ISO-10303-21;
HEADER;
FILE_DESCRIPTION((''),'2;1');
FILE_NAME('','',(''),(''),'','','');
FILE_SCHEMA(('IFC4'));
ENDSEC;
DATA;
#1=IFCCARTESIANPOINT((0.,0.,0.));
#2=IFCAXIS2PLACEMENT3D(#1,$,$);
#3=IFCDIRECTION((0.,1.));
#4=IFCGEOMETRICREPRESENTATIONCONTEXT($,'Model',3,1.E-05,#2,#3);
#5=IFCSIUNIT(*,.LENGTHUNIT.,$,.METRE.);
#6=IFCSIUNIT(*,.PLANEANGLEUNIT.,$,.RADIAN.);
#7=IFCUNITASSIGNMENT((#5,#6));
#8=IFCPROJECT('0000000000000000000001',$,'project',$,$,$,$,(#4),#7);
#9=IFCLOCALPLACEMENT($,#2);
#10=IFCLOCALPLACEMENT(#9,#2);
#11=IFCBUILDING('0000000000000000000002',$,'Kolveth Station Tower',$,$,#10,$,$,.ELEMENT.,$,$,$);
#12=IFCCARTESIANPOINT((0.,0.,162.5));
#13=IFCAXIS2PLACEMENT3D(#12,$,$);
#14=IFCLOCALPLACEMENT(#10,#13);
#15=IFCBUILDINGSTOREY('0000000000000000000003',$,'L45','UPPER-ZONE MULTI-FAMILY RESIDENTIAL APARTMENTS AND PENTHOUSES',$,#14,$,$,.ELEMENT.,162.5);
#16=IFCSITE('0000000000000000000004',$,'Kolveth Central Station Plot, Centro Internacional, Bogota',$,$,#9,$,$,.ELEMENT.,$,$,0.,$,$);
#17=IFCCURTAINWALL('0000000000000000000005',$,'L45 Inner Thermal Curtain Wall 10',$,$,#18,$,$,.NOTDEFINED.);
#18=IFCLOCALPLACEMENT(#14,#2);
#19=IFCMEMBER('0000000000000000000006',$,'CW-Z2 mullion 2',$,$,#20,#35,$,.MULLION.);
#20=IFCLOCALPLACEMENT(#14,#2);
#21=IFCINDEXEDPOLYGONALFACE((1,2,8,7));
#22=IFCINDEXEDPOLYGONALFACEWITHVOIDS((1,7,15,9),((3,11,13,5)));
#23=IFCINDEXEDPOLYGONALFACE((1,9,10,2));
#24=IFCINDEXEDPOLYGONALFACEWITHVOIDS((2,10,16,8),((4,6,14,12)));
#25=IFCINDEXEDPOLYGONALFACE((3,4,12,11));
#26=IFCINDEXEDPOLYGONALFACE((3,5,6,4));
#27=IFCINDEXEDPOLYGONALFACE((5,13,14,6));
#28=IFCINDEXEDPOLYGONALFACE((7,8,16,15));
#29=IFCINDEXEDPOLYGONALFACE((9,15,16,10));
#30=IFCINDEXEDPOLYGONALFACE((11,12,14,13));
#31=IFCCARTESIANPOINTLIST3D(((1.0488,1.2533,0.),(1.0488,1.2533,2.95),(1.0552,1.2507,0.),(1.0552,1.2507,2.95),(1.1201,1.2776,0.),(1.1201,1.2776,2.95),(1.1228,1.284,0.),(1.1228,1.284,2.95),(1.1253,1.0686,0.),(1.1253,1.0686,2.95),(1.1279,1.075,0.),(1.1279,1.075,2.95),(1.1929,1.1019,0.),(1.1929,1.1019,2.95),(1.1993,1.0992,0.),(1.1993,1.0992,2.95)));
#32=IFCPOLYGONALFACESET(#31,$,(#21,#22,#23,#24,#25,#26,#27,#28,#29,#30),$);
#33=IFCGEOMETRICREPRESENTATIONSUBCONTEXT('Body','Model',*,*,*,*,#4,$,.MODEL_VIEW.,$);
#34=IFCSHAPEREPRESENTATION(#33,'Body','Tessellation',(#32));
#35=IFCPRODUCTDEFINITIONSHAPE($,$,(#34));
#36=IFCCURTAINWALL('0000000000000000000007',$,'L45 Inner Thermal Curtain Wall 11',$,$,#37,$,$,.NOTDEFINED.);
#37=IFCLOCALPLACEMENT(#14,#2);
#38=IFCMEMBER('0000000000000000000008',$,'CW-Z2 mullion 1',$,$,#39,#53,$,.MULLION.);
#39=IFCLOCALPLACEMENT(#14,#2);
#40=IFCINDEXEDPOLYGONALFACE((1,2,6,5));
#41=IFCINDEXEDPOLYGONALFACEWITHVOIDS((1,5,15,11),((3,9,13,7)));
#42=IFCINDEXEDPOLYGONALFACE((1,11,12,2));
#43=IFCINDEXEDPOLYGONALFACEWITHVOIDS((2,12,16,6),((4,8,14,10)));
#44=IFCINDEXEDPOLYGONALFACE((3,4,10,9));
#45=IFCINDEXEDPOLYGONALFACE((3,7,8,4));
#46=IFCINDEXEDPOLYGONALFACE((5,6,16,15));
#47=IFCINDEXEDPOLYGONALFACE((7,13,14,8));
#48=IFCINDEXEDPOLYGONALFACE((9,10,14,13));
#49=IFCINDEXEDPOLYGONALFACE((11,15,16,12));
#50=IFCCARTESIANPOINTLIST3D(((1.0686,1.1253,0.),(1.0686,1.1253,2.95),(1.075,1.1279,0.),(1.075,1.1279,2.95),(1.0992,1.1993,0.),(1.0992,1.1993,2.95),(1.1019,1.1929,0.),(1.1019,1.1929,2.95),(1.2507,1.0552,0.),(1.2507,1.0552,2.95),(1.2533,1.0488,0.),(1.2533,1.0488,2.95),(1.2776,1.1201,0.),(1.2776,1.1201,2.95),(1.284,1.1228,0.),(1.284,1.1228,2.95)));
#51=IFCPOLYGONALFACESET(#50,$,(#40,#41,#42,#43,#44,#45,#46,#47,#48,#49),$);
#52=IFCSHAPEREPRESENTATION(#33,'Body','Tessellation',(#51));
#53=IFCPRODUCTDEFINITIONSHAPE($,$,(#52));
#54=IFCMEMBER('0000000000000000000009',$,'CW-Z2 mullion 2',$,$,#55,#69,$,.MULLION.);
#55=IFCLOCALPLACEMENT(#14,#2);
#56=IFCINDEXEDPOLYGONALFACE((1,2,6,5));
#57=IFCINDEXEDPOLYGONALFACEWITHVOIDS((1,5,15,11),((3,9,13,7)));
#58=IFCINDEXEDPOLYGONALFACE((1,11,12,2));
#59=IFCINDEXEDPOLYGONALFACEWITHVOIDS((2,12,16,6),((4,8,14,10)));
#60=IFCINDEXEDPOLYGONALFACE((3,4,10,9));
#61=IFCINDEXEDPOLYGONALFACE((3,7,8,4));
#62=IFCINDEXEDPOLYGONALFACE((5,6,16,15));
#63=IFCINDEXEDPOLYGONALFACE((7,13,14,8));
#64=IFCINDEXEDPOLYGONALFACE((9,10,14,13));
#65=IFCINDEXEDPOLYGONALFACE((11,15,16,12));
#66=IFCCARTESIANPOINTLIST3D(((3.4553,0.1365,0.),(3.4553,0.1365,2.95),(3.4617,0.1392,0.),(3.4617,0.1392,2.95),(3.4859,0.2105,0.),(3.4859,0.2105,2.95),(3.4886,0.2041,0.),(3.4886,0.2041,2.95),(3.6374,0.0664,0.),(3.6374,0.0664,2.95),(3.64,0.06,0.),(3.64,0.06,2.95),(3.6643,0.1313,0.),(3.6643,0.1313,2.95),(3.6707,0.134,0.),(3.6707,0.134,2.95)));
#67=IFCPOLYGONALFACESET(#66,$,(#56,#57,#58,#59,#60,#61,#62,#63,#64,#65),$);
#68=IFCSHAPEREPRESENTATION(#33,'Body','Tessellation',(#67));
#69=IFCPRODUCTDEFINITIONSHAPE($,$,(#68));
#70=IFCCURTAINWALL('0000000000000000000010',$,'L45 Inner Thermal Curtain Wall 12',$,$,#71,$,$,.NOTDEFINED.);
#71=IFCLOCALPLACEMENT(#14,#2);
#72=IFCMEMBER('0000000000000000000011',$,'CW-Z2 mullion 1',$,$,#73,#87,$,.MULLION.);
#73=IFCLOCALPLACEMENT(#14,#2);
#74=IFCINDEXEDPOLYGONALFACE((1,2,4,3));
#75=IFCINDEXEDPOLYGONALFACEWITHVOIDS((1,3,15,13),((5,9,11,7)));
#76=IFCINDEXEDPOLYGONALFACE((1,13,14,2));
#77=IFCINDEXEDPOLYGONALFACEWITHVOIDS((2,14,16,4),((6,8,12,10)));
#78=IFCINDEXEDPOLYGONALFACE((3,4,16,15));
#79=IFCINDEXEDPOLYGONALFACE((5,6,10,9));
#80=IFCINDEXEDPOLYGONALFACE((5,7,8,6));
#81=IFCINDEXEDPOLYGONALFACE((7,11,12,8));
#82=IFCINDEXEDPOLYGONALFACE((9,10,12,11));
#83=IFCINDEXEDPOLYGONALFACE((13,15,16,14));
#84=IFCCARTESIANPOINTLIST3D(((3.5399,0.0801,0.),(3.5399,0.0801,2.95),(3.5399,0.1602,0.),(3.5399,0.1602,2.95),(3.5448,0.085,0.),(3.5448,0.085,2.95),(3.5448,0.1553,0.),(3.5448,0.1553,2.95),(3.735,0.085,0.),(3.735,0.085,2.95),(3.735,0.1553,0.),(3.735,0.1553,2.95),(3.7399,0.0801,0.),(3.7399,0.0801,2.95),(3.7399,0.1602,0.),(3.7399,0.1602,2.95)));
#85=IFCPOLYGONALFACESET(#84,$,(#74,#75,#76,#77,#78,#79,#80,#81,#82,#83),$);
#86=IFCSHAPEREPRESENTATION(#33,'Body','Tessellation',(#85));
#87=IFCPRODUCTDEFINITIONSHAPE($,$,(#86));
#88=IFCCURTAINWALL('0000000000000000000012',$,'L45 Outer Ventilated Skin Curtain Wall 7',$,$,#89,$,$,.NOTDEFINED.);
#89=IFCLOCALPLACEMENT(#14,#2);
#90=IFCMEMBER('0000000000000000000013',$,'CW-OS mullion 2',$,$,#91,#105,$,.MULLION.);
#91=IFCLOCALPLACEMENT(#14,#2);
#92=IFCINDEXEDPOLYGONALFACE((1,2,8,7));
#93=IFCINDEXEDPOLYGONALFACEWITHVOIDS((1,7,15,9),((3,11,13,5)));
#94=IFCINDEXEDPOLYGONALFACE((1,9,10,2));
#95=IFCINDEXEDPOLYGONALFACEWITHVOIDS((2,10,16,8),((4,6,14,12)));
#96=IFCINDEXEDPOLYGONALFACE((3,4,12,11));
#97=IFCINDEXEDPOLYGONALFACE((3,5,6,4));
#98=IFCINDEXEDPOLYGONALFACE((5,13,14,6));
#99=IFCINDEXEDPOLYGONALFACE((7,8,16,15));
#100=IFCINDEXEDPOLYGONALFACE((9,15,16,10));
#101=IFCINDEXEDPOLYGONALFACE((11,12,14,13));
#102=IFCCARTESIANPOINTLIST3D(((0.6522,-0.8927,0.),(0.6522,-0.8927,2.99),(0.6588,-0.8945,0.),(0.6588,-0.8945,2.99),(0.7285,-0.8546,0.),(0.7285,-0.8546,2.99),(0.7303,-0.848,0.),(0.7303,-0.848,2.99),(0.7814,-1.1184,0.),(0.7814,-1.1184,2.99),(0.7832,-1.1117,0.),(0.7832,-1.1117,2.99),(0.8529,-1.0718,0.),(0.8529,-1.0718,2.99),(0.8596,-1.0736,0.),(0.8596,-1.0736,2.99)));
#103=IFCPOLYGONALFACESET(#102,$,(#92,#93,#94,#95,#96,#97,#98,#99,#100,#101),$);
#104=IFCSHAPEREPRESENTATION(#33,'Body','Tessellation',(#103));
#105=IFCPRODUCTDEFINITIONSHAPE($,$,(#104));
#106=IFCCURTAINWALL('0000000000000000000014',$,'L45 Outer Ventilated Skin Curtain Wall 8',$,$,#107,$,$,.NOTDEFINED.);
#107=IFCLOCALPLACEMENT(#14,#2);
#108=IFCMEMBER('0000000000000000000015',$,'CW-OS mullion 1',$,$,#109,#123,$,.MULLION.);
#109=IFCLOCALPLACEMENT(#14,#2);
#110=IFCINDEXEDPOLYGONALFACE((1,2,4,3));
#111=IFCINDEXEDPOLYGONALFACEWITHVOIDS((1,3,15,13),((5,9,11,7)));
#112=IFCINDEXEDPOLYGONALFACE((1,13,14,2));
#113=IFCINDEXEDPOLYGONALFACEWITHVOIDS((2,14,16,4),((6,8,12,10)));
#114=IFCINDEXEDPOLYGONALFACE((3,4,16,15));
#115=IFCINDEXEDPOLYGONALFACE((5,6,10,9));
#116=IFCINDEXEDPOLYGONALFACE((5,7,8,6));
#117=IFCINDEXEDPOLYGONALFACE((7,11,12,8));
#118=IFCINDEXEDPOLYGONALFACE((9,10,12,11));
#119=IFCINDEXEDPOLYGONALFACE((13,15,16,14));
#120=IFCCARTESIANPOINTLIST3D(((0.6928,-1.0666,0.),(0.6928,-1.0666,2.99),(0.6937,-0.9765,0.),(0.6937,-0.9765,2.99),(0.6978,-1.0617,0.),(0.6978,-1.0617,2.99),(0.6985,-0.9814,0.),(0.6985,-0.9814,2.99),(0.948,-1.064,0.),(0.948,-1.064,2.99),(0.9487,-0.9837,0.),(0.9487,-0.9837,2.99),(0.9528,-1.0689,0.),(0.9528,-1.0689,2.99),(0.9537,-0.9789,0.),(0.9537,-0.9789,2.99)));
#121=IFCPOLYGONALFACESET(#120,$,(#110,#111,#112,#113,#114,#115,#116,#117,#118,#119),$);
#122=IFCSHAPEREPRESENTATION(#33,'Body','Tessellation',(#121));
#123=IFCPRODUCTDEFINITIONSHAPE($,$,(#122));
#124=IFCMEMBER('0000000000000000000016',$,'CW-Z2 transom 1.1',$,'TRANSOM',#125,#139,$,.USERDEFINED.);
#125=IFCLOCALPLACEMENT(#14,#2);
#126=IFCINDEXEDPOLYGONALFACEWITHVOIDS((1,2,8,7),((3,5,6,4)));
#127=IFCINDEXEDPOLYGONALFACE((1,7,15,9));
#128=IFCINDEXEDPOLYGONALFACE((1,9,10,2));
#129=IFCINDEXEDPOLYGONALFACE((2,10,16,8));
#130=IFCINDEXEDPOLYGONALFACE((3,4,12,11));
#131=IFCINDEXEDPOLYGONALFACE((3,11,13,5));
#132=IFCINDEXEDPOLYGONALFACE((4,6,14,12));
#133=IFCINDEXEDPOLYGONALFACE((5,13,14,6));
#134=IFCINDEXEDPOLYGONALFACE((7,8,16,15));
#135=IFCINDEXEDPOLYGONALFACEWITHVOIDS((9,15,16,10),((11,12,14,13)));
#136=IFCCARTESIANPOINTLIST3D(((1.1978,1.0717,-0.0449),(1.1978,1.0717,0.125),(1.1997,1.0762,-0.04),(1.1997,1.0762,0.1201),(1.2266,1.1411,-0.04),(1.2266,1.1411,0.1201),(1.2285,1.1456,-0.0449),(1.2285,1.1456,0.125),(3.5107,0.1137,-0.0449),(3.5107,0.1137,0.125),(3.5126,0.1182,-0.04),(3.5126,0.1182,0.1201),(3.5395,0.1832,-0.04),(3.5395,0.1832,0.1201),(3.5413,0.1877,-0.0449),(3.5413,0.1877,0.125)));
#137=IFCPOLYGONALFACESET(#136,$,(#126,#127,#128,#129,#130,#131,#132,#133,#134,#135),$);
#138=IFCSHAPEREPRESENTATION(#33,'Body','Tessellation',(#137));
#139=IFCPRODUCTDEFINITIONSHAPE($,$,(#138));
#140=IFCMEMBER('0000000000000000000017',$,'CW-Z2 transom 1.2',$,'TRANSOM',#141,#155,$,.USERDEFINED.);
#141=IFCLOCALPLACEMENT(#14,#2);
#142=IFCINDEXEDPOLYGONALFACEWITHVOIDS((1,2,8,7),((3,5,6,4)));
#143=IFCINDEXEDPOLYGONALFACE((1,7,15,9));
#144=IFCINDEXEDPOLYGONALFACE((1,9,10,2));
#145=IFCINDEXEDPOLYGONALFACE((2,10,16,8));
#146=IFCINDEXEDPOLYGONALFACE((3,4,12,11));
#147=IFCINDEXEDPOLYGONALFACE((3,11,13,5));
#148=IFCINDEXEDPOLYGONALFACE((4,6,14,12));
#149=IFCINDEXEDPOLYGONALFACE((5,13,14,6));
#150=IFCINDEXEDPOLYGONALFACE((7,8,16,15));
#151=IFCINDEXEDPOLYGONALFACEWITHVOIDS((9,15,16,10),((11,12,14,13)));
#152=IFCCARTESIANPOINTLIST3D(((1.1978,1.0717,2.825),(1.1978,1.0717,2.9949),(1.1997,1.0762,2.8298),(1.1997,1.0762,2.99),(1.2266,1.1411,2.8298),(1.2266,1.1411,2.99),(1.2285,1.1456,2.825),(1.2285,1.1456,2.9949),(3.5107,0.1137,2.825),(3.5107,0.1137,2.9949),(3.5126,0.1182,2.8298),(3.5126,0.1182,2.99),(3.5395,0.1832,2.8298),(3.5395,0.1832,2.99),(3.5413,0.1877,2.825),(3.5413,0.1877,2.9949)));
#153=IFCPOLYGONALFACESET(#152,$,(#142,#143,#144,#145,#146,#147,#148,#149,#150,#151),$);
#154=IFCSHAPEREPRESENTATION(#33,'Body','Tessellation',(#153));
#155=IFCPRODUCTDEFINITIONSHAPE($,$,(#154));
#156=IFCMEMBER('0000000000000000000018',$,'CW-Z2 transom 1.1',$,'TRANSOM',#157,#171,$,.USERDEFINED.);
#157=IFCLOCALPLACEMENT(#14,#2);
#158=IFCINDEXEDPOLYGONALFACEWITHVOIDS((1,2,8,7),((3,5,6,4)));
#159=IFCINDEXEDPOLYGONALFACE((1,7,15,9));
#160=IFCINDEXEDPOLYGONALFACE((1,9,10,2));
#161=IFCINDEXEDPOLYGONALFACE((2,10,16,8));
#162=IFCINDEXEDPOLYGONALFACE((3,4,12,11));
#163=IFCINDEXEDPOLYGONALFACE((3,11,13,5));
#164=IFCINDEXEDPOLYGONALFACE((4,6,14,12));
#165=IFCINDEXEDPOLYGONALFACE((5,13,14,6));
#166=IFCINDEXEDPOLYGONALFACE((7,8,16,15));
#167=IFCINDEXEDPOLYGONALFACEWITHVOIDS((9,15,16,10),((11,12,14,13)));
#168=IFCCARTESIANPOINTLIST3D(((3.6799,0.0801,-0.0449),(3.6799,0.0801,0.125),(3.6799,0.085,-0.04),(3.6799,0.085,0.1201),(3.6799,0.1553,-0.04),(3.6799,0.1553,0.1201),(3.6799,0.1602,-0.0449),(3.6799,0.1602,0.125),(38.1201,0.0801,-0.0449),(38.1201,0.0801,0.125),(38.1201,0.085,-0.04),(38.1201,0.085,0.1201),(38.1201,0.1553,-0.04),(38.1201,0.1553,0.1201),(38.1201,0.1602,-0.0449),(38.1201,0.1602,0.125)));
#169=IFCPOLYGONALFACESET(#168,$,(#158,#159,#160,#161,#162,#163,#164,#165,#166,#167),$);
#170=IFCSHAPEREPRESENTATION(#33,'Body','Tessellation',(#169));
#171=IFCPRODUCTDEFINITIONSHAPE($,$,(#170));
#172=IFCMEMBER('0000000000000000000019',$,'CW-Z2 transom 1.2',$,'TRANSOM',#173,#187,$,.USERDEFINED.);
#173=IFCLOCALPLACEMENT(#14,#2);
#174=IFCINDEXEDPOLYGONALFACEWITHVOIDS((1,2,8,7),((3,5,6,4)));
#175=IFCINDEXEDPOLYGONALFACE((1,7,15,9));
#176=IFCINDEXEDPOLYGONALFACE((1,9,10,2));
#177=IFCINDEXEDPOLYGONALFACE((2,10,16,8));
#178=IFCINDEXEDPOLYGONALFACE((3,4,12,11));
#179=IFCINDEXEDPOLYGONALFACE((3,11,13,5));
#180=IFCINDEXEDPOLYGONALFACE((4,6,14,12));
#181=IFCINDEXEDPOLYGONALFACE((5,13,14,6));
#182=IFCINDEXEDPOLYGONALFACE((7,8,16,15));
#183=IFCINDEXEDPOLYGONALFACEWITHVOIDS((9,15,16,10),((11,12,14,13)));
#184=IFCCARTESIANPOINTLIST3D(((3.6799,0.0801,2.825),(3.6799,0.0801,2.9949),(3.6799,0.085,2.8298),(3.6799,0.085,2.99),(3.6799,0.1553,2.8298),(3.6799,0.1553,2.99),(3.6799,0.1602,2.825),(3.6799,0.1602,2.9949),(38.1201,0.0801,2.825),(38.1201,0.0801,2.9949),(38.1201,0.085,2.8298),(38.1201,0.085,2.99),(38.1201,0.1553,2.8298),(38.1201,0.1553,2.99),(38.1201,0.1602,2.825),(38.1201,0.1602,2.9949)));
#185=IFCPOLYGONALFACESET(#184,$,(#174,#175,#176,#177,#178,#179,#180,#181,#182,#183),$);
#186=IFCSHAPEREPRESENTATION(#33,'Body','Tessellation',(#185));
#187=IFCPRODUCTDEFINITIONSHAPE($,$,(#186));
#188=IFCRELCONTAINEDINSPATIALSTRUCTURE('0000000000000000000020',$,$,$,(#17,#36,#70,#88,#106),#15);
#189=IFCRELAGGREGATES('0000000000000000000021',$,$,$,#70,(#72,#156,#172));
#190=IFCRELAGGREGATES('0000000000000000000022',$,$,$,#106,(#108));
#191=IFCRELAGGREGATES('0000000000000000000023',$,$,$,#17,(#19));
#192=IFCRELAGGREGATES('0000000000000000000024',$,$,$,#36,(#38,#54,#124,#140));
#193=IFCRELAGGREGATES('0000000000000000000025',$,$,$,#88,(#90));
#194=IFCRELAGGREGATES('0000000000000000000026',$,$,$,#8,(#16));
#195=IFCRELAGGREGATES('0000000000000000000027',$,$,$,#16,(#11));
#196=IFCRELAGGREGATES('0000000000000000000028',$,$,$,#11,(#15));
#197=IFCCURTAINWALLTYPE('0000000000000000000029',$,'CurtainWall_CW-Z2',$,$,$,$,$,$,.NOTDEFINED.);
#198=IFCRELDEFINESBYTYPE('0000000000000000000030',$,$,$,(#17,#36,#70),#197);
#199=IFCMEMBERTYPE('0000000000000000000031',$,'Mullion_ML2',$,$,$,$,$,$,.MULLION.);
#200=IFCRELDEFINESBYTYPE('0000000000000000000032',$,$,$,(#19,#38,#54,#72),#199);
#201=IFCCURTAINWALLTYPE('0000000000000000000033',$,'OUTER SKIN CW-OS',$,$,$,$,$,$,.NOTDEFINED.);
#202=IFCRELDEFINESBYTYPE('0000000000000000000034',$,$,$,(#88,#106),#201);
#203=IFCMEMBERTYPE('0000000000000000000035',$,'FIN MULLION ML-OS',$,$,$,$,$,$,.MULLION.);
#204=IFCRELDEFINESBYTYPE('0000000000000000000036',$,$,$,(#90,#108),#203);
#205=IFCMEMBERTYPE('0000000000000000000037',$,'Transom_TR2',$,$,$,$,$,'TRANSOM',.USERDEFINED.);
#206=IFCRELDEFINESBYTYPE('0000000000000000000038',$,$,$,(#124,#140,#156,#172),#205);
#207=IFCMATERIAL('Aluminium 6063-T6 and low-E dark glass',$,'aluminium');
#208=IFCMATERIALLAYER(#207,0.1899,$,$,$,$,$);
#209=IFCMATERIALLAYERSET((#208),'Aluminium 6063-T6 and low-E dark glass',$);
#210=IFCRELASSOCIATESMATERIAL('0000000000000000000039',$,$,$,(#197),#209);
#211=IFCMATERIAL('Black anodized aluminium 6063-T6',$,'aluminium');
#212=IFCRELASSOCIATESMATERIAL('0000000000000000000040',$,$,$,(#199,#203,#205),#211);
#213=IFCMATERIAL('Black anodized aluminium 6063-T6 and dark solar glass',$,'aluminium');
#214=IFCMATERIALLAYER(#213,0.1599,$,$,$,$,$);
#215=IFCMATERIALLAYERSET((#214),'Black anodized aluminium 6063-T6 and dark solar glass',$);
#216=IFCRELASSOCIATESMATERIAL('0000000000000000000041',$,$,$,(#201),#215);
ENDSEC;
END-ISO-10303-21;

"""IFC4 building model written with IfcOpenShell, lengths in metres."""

from ifc_helpers import new_model, si_unit, direction, frame, origin, origin_2d, place, context, subcontext, project, spatial, hollow_rectangle, extrude, source, transform, mapped, material, layer, layer_set, material_profile, profile_set, type_object, element, aggregate, save


model = new_model("IFC4")

# Units and contexts
model_context = context("Model", 3, precision=1e-05, world=origin(), true_north=direction((0.0, 1.0)))
body_context = subcontext(model_context, "Body", "Model", "MODEL_VIEW")
ifc_project = project(units=[si_unit("LENGTHUNIT", "METRE"), si_unit("PLANEANGLEUNIT", "RADIAN")], contexts=[model_context])

# Site, building, storey
site_placement = place(None, origin())
site = spatial("IfcSite", under=ifc_project, at=site_placement, Name="Kolveth Central Station Plot, Centro Internacional, Bogota", CompositionType="ELEMENT", RefElevation=0.0)
building_placement = place(site_placement, origin())
building = spatial("IfcBuilding", under=site, at=building_placement, Name="Kolveth Station Tower", CompositionType="ELEMENT")
storey_placement = place(building_placement, frame((0.0, 0.0, 162.5)))
storey = spatial("IfcBuildingStorey", under=building, at=storey_placement, Name="L45", Description="UPPER-ZONE MULTI-FAMILY RESIDENTIAL APARTMENTS AND PENTHOUSES", CompositionType="ELEMENT", Elevation=162.5)

# Curtain wall, member
ifc_material_1 = material(Name="Aluminium 6063-T6 and low-E dark glass", Category="aluminium")
ifc_layer_1 = layer(ifc_material_1, 0.1899)
ifc_layer_set_1 = layer_set([ifc_layer_1], Name="Aluminium 6063-T6 and low-E dark glass")
curtain_wall_type_1 = type_object("IfcCurtainWallType", Name="CurtainWall_CW-Z2", PredefinedType="NOTDEFINED", material=ifc_layer_set_1)
curtain_wall_1_placement = place(storey_placement, origin())
curtain_wall_1 = element("IfcCurtainWall", 1, at=curtain_wall_1_placement, inside=storey, type_object=curtain_wall_type_1, Name="L45 Inner Thermal Curtain Wall 10", PredefinedType="NOTDEFINED")
ifc_material_2 = material(Name="Black anodized aluminium 6063-T6", Category="aluminium")
ifc_material_profile_1 = material_profile(ifc_material_2, hollow_rectangle(XDim=0.0801, YDim=0.2, WallThickness=0.0049, at=origin_2d()), Name="ALU-80x200x5")
ifc_profile_set_1 = profile_set([ifc_material_profile_1], Name="Black anodized aluminium 6063-T6")
member_type_1 = type_object("IfcMemberType", Name="Mullion_ML2", PredefinedType="MULLION", material=ifc_profile_set_1)
shared_shape_1 = source(origin(), body_context, "Body", "SweptSolid", [
    extrude(hollow_rectangle(XDim=0.0801, YDim=0.2, WallThickness=0.0049, at=origin_2d()), origin(), (0.0, 0.0, 1.0), 2.95),
])
member_1_placement = place(storey_placement, frame((1.124, 1.1763, 0.0), z_axis=(0.0, 0.0, 1.0), x_axis=(0.923874, 0.382698, 0.0)))
member_1 = element("IfcMember", 2, at=member_1_placement, type_object=member_type_1, Name="CW-Z2 mullion 2", PredefinedType="MULLION", context=body_context, shape_type="MappedRepresentation", body=[
    mapped(shared_shape_1, transform((0.0, 0.0, 0.0), x_axis=(1.0, 0.0, 0.0), y_axis=(0.0, 1.0, 0.0), z_axis=(0.0, 0.0, 1.0), scale=1.0)),
])

# Curtain wall, members
curtain_wall_2_placement = place(storey_placement, origin())
curtain_wall_2 = element("IfcCurtainWall", 3, at=curtain_wall_2_placement, inside=storey, type_object=curtain_wall_type_1, Name="L45 Inner Thermal Curtain Wall 11", PredefinedType="NOTDEFINED")
member_2_placement = place(storey_placement, frame((1.1763, 1.124, 0.0), z_axis=(0.0, 0.0, 1.0), x_axis=(0.382698, 0.923874, 0.0)))
member_2 = element("IfcMember", 4, at=member_2_placement, type_object=member_type_1, Name="CW-Z2 mullion 1", PredefinedType="MULLION", context=body_context, shape_type="MappedRepresentation", body=[
    mapped(shared_shape_1, transform((0.0, 0.0, 0.0), x_axis=(1.0, 0.0, 0.0), y_axis=(0.0, 1.0, 0.0), z_axis=(0.0, 0.0, 1.0), scale=1.0)),
])
member_3_placement = place(storey_placement, frame((3.563, 0.1353, 0.0), z_axis=(0.0, 0.0, 1.0), x_axis=(0.382698, 0.923874, 0.0)))
member_3 = element("IfcMember", 5, at=member_3_placement, type_object=member_type_1, Name="CW-Z2 mullion 2", PredefinedType="MULLION", context=body_context, shape_type="MappedRepresentation", body=[
    mapped(shared_shape_1, transform((0.0, 0.0, 0.0), x_axis=(1.0, 0.0, 0.0), y_axis=(0.0, 1.0, 0.0), z_axis=(0.0, 0.0, 1.0), scale=1.0)),
])

# Curtain walls, members
curtain_wall_3_placement = place(storey_placement, origin())
curtain_wall_3 = element("IfcCurtainWall", 6, at=curtain_wall_3_placement, inside=storey, type_object=curtain_wall_type_1, Name="L45 Inner Thermal Curtain Wall 12", PredefinedType="NOTDEFINED")
member_4_placement = place(storey_placement, frame((3.6399, 0.1201, 0.0), z_axis=(0.0, 0.0, 1.0), x_axis=(0.0, 1.0, 0.0)))
member_4 = element("IfcMember", 7, at=member_4_placement, type_object=member_type_1, Name="CW-Z2 mullion 1", PredefinedType="MULLION", context=body_context, shape_type="MappedRepresentation", body=[
    mapped(shared_shape_1, transform((0.0, 0.0, 0.0), x_axis=(1.0, 0.0, 0.0), y_axis=(0.0, 1.0, 0.0), z_axis=(0.0, 0.0, 1.0), scale=1.0)),
])
ifc_material_3 = material(Name="Black anodized aluminium 6063-T6 and dark solar glass", Category="aluminium")
ifc_layer_2 = layer(ifc_material_3, 0.1599)
ifc_layer_set_2 = layer_set([ifc_layer_2], Name="Black anodized aluminium 6063-T6 and dark solar glass")
curtain_wall_type_2 = type_object("IfcCurtainWallType", Name="OUTER SKIN CW-OS", PredefinedType="NOTDEFINED", material=ifc_layer_set_2)
curtain_wall_4_placement = place(storey_placement, origin())
curtain_wall_4 = element("IfcCurtainWall", 8, at=curtain_wall_4_placement, inside=storey, type_object=curtain_wall_type_2, Name="L45 Outer Ventilated Skin Curtain Wall 7", PredefinedType="NOTDEFINED")
ifc_material_profile_2 = material_profile(ifc_material_2, hollow_rectangle(XDim=0.0901, YDim=0.26, WallThickness=0.0049, at=origin_2d()), Name="ALU-90x260x5")
ifc_profile_set_2 = profile_set([ifc_material_profile_2], Name="Black anodized aluminium 6063-T6")
member_type_2 = type_object("IfcMemberType", Name="FIN MULLION ML-OS", PredefinedType="MULLION", material=ifc_profile_set_2)
shared_shape_2 = source(origin(), body_context, "Body", "SweptSolid", [
    extrude(hollow_rectangle(XDim=0.0901, YDim=0.26, WallThickness=0.0049, at=origin_2d()), origin(), (0.0, 0.0, 1.0), 2.99),
])
member_5_placement = place(storey_placement, frame((0.7559, -0.9832, 0.0), z_axis=(0.0, 0.0, 1.0), x_axis=(0.867713, 0.497066, 0.0)))
member_5 = element("IfcMember", 9, at=member_5_placement, type_object=member_type_2, Name="CW-OS mullion 2", PredefinedType="MULLION", context=body_context, shape_type="MappedRepresentation", body=[
    mapped(shared_shape_2, transform((0.0, 0.0, 0.0), x_axis=(1.0, 0.0, 0.0), y_axis=(0.0, 1.0, 0.0), z_axis=(0.0, 0.0, 1.0), scale=1.0)),
])
curtain_wall_5_placement = place(storey_placement, origin())
curtain_wall_5 = element("IfcCurtainWall", 10, at=curtain_wall_5_placement, inside=storey, type_object=curtain_wall_type_2, Name="L45 Outer Ventilated Skin Curtain Wall 8", PredefinedType="NOTDEFINED")
member_6_placement = place(storey_placement, frame((0.8232, -1.0227, 0.0), z_axis=(0.0, 0.0, 1.0), x_axis=(0.009153, 0.999958, 0.0)))
member_6 = element("IfcMember", 11, at=member_6_placement, type_object=member_type_2, Name="CW-OS mullion 1", PredefinedType="MULLION", context=body_context, shape_type="MappedRepresentation", body=[
    mapped(shared_shape_2, transform((0.0, 0.0, 0.0), x_axis=(1.0, 0.0, 0.0), y_axis=(0.0, 1.0, 0.0), z_axis=(0.0, 0.0, 1.0), scale=1.0)),
])

# Members
ifc_material_profile_3 = material_profile(ifc_material_2, hollow_rectangle(XDim=0.0801, YDim=0.1699, WallThickness=0.0049, at=origin_2d()), Name="ALU-80x170x5")
ifc_profile_set_3 = profile_set([ifc_material_profile_3], Name="Black anodized aluminium 6063-T6")
member_type_3 = type_object("IfcMemberType", Name="Transom_TR2", ElementType="TRANSOM", PredefinedType="USERDEFINED", material=ifc_profile_set_3)
shared_shape_3 = source(origin(), body_context, "Body", "SweptSolid", [
    extrude(hollow_rectangle(XDim=0.0801, YDim=0.1699, WallThickness=0.0049, at=origin_2d()), origin(), (0.0, 0.0, 1.0), 2.5034),
])
member_7_placement = place(storey_placement, frame((1.2131, 1.1086, 0.04), z_axis=(0.923888, -0.382662, 0.0), x_axis=(0.382662, 0.923888, 0.0)))
member_7 = element("IfcMember", 12, at=member_7_placement, type_object=member_type_3, Name="CW-Z2 transom 1.1", ObjectType="TRANSOM", PredefinedType="USERDEFINED", context=body_context, shape_type="MappedRepresentation", body=[
    mapped(shared_shape_3, transform((0.0, 0.0, 0.0), x_axis=(1.0, 0.0, 0.0), y_axis=(0.0, 1.0, 0.0), z_axis=(0.0, 0.0, 1.0), scale=1.0)),
])
member_8_placement = place(storey_placement, frame((1.2131, 1.1086, 2.9099), z_axis=(0.923888, -0.382662, 0.0), x_axis=(0.382662, 0.923888, 0.0)))
member_8 = element("IfcMember", 13, at=member_8_placement, type_object=member_type_3, Name="CW-Z2 transom 1.2", ObjectType="TRANSOM", PredefinedType="USERDEFINED", context=body_context, shape_type="MappedRepresentation", body=[
    mapped(shared_shape_3, transform((0.0, 0.0, 0.0), x_axis=(1.0, 0.0, 0.0), y_axis=(0.0, 1.0, 0.0), z_axis=(0.0, 0.0, 1.0), scale=1.0)),
])
shared_shape_4 = source(origin(), body_context, "Body", "SweptSolid", [
    extrude(hollow_rectangle(XDim=0.0801, YDim=0.1699, WallThickness=0.0049, at=origin_2d()), origin(), (0.0, 0.0, 1.0), 34.4402),
])
member_9_placement = place(storey_placement, frame((3.6799, 0.1201, 0.04), z_axis=(1.0, 0.0, 0.0), x_axis=(0.0, 1.0, 0.0)))
member_9 = element("IfcMember", 14, at=member_9_placement, type_object=member_type_3, Name="CW-Z2 transom 1.1", ObjectType="TRANSOM", PredefinedType="USERDEFINED", context=body_context, shape_type="MappedRepresentation", body=[
    mapped(shared_shape_4, transform((0.0, 0.0, 0.0), x_axis=(1.0, 0.0, 0.0), y_axis=(0.0, 1.0, 0.0), z_axis=(0.0, 0.0, 1.0), scale=1.0)),
])
member_10_placement = place(storey_placement, frame((3.6799, 0.1201, 2.9099), z_axis=(1.0, 0.0, 0.0), x_axis=(0.0, 1.0, 0.0)))
member_10 = element("IfcMember", 15, at=member_10_placement, type_object=member_type_3, Name="CW-Z2 transom 1.2", ObjectType="TRANSOM", PredefinedType="USERDEFINED", context=body_context, shape_type="MappedRepresentation", body=[
    mapped(shared_shape_4, transform((0.0, 0.0, 0.0), x_axis=(1.0, 0.0, 0.0), y_axis=(0.0, 1.0, 0.0), z_axis=(0.0, 0.0, 1.0), scale=1.0)),
])
aggregate(curtain_wall_3, [member_4, member_9, member_10])
aggregate(curtain_wall_5, [member_6])

aggregate(curtain_wall_1, [member_1])
aggregate(curtain_wall_2, [member_2, member_3, member_7, member_8])
aggregate(curtain_wall_4, [member_5])

save(model, "model.ifc")
